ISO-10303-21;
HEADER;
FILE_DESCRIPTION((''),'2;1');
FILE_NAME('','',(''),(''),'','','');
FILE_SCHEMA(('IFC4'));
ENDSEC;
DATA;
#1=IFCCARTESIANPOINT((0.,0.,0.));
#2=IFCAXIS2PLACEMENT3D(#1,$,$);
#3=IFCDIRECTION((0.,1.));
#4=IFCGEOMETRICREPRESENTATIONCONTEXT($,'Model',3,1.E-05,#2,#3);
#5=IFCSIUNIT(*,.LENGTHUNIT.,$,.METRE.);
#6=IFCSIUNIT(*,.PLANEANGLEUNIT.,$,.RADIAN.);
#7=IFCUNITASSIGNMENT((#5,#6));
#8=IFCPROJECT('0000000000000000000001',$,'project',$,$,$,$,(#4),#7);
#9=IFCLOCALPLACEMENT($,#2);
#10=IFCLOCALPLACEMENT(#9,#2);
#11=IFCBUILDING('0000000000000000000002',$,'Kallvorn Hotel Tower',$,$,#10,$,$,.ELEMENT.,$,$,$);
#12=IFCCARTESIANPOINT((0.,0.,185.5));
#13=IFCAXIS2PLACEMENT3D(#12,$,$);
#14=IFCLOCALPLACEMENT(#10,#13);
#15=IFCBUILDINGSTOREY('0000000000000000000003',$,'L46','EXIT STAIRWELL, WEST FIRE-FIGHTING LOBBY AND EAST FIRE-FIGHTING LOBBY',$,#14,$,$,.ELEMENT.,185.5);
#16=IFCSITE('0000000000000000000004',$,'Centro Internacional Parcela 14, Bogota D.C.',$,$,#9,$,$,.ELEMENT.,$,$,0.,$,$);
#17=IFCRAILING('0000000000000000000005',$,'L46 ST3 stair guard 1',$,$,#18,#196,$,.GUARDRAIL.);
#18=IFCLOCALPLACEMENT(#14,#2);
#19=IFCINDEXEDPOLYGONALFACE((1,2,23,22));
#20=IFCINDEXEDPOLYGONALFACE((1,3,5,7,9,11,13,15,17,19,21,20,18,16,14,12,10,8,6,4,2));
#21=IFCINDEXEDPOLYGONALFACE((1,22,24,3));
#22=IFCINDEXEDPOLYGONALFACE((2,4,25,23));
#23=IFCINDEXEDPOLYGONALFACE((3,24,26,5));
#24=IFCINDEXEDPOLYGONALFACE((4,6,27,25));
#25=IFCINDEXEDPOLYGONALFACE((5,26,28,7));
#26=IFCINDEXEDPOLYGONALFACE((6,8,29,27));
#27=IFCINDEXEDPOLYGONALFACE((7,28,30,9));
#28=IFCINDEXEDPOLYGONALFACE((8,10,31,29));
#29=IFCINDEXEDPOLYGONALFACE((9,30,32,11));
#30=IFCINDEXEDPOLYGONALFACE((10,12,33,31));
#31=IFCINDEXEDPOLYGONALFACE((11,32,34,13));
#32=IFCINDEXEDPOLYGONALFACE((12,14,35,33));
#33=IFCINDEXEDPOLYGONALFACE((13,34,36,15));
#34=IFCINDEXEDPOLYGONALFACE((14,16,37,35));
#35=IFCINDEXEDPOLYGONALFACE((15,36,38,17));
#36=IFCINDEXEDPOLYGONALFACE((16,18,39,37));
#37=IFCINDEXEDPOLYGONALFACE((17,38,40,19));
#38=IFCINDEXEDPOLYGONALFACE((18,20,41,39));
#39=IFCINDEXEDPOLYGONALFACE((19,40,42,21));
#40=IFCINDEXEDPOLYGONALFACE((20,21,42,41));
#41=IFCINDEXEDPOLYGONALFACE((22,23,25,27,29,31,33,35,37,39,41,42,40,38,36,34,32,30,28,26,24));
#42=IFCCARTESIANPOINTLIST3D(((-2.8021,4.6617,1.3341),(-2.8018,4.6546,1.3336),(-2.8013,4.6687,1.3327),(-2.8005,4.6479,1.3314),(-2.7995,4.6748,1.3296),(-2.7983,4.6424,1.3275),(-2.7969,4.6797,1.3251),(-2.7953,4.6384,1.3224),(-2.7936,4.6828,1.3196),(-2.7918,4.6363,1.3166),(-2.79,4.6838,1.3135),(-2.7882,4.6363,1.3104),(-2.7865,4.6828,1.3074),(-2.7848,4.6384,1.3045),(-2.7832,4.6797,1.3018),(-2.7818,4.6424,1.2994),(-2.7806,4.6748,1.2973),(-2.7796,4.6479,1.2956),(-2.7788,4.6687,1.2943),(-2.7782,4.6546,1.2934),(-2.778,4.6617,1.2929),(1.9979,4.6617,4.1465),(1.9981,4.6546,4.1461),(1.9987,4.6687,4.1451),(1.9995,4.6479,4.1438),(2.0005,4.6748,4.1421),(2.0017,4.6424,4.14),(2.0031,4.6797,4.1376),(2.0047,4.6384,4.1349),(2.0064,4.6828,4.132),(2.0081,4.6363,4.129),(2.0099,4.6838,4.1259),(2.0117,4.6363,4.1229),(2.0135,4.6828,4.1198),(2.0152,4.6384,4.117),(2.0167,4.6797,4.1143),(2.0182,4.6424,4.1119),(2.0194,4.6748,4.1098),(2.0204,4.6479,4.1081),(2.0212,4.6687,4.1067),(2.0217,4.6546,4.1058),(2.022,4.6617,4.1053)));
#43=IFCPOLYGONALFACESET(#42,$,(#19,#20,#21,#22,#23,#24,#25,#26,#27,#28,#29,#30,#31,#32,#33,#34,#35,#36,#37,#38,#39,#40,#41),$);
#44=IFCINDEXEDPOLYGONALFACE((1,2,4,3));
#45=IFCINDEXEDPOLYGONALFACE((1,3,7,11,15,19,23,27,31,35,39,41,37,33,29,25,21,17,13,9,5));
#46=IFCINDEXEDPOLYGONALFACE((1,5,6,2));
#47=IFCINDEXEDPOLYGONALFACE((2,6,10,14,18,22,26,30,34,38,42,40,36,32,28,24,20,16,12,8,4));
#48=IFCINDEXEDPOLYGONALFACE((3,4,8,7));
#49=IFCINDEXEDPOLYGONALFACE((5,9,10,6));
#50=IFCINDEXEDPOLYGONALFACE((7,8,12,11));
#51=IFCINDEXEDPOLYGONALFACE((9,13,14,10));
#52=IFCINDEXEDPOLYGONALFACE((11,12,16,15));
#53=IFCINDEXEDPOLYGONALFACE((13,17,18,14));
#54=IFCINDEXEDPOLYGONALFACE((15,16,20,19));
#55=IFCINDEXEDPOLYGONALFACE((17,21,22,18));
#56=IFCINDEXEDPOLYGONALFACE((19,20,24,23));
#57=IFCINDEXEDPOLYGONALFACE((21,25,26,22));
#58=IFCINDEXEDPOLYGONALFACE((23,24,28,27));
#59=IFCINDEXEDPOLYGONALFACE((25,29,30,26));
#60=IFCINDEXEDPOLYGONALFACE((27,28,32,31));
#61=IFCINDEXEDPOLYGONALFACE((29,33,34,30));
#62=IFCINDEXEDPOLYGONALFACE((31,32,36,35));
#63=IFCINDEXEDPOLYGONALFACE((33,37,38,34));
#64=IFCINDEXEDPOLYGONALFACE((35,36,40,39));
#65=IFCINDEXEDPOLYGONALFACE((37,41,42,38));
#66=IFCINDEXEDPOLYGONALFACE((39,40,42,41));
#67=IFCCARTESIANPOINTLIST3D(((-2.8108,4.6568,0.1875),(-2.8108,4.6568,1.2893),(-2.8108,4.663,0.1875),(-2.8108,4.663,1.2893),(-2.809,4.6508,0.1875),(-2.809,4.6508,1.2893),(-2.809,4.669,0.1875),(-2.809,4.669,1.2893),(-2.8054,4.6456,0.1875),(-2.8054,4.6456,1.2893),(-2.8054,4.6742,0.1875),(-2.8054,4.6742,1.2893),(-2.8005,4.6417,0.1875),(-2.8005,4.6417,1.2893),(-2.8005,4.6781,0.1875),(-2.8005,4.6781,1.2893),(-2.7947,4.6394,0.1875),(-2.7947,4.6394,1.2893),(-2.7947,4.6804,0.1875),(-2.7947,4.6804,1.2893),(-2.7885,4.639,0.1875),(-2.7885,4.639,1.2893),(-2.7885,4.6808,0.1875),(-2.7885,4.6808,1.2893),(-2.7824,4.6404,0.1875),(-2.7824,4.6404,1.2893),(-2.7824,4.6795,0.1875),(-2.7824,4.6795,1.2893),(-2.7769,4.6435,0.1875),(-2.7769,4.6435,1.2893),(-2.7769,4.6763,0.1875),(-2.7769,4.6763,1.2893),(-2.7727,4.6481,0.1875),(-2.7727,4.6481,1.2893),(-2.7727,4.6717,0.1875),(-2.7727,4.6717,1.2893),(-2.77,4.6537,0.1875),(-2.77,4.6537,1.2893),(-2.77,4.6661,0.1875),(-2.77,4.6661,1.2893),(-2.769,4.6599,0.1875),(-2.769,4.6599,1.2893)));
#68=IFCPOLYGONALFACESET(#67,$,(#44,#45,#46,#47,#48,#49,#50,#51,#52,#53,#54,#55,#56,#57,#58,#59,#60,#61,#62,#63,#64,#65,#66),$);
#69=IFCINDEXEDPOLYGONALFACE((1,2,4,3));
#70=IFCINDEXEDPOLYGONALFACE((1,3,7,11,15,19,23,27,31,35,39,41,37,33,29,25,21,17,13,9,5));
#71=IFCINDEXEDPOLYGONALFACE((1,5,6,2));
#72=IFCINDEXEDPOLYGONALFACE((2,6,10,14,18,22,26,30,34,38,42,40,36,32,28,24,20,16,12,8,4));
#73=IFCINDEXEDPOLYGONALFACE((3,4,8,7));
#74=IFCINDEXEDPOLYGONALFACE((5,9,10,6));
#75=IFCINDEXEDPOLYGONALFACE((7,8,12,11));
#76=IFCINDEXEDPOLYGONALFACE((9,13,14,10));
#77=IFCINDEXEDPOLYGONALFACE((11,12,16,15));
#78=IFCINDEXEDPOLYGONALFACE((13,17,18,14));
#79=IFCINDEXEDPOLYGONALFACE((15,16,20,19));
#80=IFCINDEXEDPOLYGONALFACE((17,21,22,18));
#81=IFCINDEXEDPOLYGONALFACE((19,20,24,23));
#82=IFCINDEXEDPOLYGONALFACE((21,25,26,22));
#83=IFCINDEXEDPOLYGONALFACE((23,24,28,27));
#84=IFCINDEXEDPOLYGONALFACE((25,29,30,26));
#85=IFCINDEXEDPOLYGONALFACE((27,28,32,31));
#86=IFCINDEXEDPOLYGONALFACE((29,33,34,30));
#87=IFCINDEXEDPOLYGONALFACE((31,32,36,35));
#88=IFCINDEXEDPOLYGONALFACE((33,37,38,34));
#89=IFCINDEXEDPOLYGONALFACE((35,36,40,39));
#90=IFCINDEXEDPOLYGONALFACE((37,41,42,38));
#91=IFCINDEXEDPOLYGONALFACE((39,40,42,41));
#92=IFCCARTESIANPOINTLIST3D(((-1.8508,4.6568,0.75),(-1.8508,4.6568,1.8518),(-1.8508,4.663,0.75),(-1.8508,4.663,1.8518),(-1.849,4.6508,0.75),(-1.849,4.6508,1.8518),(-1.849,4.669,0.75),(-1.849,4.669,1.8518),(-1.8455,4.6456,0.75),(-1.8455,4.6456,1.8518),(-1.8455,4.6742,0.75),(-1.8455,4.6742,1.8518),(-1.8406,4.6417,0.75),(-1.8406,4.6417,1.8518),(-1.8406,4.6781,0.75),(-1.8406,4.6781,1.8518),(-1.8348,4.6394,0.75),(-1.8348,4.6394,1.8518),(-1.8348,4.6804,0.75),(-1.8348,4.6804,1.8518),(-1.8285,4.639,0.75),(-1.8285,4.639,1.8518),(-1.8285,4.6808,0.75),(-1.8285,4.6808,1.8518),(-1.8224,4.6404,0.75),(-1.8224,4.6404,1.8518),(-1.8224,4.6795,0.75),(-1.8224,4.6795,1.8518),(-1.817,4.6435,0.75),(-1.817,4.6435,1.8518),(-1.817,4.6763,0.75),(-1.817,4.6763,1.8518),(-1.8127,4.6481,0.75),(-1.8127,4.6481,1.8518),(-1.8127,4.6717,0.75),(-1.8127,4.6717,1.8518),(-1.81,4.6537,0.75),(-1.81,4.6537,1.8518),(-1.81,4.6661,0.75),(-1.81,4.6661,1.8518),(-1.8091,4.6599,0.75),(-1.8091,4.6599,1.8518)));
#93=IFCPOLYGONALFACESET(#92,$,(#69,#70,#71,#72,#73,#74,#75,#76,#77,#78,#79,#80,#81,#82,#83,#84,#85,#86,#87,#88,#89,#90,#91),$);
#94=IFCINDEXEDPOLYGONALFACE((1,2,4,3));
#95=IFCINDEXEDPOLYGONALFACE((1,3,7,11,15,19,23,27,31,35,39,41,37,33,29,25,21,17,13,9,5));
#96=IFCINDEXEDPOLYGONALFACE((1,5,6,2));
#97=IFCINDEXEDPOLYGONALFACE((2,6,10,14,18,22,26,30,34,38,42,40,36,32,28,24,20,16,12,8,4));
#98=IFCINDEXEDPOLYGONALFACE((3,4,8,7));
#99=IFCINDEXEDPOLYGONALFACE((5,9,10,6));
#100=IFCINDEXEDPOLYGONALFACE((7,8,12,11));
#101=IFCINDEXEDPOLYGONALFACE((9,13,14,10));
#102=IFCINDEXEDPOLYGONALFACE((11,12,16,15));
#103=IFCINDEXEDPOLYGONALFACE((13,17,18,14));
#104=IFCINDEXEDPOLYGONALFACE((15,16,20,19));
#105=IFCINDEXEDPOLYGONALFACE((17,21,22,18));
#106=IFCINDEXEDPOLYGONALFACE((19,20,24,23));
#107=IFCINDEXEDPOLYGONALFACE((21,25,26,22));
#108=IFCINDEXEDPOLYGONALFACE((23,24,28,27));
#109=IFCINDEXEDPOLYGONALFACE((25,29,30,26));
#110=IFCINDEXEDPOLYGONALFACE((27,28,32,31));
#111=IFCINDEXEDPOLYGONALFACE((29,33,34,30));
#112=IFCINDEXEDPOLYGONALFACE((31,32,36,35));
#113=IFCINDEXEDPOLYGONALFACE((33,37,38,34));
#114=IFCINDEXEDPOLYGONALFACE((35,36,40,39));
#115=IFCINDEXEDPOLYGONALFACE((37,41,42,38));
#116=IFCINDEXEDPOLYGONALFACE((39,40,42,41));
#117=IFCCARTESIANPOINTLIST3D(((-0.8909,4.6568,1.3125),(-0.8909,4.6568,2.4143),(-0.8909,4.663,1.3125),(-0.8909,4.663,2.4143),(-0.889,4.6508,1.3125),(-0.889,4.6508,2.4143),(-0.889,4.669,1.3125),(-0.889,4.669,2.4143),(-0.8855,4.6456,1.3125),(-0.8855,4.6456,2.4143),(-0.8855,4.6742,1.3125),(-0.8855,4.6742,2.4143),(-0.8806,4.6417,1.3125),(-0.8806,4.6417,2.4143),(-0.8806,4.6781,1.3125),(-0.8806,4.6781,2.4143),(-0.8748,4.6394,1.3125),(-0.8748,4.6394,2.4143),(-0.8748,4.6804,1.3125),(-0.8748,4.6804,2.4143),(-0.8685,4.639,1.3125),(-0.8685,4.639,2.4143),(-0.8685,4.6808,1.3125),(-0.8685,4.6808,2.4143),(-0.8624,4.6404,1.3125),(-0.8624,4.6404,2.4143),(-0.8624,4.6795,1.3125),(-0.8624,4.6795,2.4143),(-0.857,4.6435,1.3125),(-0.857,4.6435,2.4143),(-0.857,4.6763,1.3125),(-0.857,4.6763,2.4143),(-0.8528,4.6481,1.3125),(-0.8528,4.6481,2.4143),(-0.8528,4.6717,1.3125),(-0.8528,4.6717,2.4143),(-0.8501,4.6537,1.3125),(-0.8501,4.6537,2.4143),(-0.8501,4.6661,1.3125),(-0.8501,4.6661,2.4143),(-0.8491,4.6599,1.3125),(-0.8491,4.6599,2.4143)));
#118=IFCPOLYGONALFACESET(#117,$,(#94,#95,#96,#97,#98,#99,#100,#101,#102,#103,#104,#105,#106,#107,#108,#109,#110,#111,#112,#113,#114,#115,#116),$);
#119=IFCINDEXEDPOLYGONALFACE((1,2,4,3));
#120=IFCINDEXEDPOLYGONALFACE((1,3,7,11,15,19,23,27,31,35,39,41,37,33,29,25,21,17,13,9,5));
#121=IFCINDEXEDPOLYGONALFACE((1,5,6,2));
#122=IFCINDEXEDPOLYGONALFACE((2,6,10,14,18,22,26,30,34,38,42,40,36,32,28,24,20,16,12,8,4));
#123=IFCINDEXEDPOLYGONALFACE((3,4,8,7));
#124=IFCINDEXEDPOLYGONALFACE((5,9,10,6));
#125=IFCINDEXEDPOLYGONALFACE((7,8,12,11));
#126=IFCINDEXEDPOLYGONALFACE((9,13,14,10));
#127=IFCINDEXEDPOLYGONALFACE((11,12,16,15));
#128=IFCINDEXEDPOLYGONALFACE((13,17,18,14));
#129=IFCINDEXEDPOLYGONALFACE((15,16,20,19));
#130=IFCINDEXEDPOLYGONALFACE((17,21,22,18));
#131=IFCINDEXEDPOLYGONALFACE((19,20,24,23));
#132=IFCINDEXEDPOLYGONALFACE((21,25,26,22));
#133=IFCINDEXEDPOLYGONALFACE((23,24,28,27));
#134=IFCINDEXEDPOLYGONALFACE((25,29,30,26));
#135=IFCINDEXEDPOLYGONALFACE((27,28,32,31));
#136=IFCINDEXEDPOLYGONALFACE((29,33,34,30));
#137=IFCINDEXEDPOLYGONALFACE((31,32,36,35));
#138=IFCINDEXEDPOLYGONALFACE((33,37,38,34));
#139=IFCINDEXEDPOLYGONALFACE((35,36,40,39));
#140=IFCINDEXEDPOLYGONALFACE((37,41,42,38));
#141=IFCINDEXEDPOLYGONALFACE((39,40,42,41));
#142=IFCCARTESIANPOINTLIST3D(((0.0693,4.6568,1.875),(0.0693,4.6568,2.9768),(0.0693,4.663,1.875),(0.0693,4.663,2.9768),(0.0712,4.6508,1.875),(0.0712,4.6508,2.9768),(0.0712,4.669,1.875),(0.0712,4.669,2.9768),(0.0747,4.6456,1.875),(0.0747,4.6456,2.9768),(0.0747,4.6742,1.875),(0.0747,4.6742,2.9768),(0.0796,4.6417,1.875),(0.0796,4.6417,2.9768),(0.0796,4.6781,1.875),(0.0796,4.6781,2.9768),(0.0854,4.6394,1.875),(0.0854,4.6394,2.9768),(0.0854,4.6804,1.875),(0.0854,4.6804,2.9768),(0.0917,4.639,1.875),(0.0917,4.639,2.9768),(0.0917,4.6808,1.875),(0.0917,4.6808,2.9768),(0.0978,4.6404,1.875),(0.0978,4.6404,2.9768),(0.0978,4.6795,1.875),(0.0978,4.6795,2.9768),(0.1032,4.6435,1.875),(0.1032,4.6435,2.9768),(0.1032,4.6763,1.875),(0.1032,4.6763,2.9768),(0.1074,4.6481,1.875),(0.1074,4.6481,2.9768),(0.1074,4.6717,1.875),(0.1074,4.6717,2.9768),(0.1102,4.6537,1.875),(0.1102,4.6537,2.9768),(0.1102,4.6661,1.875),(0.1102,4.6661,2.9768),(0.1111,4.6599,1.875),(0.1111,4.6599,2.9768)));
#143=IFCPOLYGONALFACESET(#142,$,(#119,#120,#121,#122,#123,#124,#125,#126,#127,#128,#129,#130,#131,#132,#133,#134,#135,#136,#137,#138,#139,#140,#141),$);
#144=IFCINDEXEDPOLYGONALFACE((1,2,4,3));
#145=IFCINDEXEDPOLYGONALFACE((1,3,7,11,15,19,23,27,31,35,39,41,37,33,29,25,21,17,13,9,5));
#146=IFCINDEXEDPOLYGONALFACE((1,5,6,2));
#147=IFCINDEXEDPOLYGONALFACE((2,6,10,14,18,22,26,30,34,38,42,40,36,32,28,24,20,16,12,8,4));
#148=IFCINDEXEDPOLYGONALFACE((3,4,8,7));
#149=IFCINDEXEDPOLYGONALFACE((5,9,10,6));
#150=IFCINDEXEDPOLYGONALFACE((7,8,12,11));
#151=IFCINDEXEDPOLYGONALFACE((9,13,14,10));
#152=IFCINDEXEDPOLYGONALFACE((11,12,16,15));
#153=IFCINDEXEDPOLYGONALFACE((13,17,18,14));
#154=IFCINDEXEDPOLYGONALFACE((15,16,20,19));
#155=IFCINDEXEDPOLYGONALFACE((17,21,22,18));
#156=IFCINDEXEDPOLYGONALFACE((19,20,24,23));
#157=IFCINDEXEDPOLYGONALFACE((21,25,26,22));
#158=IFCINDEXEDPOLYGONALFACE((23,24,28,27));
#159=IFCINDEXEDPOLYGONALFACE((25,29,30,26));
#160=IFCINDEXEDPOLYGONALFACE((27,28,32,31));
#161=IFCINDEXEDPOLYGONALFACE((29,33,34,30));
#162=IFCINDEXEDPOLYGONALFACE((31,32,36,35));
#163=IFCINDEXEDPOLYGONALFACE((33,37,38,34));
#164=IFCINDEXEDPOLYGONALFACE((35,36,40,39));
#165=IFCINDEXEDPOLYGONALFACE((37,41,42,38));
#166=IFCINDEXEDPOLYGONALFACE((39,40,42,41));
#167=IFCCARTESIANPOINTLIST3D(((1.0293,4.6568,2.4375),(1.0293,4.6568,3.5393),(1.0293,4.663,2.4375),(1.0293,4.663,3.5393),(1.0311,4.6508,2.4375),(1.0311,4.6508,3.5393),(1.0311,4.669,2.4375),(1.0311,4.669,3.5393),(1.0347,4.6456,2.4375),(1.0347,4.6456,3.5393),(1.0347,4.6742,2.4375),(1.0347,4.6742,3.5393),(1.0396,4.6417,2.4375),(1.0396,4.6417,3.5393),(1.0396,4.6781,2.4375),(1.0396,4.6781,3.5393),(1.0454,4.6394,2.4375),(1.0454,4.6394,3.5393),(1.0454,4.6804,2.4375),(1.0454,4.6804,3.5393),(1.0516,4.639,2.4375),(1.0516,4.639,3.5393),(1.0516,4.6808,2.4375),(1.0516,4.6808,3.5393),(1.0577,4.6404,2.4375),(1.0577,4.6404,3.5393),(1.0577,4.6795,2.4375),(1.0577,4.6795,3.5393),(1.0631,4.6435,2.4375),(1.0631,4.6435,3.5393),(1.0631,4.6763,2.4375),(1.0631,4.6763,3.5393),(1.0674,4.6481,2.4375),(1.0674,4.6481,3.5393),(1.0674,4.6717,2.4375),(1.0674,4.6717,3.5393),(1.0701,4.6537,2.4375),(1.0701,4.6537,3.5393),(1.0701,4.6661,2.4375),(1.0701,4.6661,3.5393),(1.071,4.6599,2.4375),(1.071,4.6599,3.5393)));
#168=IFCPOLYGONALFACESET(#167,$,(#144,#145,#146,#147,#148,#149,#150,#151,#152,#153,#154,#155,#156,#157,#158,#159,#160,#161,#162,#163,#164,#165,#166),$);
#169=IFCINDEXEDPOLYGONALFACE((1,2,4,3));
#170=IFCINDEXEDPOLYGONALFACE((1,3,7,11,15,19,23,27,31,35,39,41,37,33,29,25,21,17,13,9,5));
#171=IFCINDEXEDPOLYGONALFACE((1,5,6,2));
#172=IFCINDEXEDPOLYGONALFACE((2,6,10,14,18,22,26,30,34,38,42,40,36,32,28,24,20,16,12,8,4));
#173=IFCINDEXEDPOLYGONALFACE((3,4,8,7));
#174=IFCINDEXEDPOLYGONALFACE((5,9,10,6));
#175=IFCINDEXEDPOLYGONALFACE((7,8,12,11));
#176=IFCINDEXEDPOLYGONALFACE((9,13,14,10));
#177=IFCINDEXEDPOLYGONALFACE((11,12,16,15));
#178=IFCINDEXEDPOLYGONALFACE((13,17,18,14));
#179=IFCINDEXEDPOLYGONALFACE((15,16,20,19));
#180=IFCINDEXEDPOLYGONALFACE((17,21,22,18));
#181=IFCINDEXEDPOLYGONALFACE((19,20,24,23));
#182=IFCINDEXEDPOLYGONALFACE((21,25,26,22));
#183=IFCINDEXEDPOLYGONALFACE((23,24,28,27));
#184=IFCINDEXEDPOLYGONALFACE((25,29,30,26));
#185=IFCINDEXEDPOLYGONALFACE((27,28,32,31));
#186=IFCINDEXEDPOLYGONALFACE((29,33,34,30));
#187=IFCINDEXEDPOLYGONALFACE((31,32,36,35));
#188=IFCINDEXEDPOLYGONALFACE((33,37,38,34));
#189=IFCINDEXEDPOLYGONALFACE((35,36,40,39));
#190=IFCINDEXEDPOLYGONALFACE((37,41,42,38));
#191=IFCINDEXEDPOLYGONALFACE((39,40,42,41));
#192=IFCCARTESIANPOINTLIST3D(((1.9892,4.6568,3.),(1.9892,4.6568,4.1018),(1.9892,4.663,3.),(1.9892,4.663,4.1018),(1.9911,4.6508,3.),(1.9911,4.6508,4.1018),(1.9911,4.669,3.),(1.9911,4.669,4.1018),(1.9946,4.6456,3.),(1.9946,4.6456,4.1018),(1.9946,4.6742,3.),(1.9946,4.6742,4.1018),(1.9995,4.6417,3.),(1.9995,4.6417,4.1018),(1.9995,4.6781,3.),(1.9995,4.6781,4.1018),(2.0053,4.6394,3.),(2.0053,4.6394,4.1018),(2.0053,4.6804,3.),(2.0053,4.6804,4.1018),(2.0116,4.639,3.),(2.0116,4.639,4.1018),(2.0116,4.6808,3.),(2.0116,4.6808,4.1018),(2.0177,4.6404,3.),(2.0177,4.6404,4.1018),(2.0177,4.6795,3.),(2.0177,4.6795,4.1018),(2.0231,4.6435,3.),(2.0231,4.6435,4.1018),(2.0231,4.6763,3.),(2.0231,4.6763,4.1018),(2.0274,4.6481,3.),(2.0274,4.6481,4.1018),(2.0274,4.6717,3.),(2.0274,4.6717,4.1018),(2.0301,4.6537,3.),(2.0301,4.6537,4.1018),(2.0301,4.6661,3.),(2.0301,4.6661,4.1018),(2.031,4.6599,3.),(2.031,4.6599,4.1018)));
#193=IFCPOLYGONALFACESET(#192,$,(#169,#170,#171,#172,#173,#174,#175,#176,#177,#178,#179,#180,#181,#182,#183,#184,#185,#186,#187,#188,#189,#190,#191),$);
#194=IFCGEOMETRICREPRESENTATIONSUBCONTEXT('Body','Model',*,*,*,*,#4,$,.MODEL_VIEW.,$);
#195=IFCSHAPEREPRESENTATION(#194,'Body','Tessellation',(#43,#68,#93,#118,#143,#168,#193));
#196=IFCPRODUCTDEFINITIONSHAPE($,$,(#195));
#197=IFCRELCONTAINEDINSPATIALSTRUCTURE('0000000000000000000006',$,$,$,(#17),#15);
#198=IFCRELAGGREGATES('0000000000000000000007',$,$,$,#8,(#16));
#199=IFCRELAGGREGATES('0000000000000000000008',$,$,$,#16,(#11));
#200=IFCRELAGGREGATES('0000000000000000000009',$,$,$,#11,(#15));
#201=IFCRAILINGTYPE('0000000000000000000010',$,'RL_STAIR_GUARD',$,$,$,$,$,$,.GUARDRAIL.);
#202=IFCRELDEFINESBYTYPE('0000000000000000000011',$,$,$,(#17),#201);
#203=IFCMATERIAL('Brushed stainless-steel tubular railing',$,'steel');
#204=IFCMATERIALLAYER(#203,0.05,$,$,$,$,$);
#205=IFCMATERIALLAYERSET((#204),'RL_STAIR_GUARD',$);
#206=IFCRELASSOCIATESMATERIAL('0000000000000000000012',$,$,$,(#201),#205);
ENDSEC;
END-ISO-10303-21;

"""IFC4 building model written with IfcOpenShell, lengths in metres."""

from ifc_helpers import new_model, si_unit, direction, frame, origin, origin_2d, place, context, subcontext, project, spatial, circle, extrude, material, layer, layer_set, type_object, element, save


model = new_model("IFC4")

# Units and contexts
model_context = context("Model", 3, precision=1e-05, world=origin(), true_north=direction((0.0, 1.0)))
body_context = subcontext(model_context, "Body", "Model", "MODEL_VIEW")
ifc_project = project(units=[si_unit("LENGTHUNIT", "METRE"), si_unit("PLANEANGLEUNIT", "RADIAN")], contexts=[model_context])

# Site, building, storey
site_placement = place(None, origin())
site = spatial("IfcSite", under=ifc_project, at=site_placement, Name="Centro Internacional Parcela 14, Bogota D.C.", CompositionType="ELEMENT", RefElevation=0.0)
building_placement = place(site_placement, origin())
building = spatial("IfcBuilding", under=site, at=building_placement, Name="Kallvorn Hotel Tower", CompositionType="ELEMENT")
storey_placement = place(building_placement, frame((0.0, 0.0, 185.5)))
storey = spatial("IfcBuildingStorey", under=building, at=storey_placement, Name="L46", Description="EXIT STAIRWELL, WEST FIRE-FIGHTING LOBBY AND EAST FIRE-FIGHTING LOBBY", CompositionType="ELEMENT", Elevation=185.5)

# Railing
ifc_material_1 = material(Name="Brushed stainless-steel tubular railing", Category="steel")
ifc_layer_1 = layer(ifc_material_1, 0.05)
ifc_layer_set_1 = layer_set([ifc_layer_1], Name="RL_STAIR_GUARD")
railing_type_1 = type_object("IfcRailingType", Name="RL_STAIR_GUARD", PredefinedType="GUARDRAIL", material=ifc_layer_set_1)
railing_1_placement = place(storey_placement, frame((-2.79, 4.6599, 0.1875)))
element("IfcRailing", 1, at=railing_1_placement, inside=storey, type_object=railing_type_1, Name="L46 ST3 stair guard 1", PredefinedType="GUARDRAIL", context=body_context, shape_type="SweptSolid", body=[
    extrude(circle(Radius=0.0239, at=origin_2d()), frame((0.0, 0.0, 1.126), z_axis=(0.862802, 0.0, 0.505543), x_axis=(0.0, 1.0, 0.0)), (0.0, 0.0, 1.0), 5.5632),
    extrude(circle(Radius=0.021, at=origin_2d()), origin(), (0.0, 0.0, 1.0), 1.1018),
    extrude(circle(Radius=0.021, at=origin_2d()), frame((0.96, 0.0, 0.5625)), (0.0, 0.0, 1.0), 1.1018),
    extrude(circle(Radius=0.021, at=origin_2d()), frame((1.9199, 0.0, 1.125)), (0.0, 0.0, 1.0), 1.1018),
    extrude(circle(Radius=0.021, at=origin_2d()), frame((2.8801, 0.0, 1.6875)), (0.0, 0.0, 1.0), 1.1018),
    extrude(circle(Radius=0.021, at=origin_2d()), frame((3.8401, 0.0, 2.25)), (0.0, 0.0, 1.0), 1.1018),
    extrude(circle(Radius=0.021, at=origin_2d()), frame((4.8, 0.0, 2.8125)), (0.0, 0.0, 1.0), 1.1018),
])

save(model, "model.ifc")
